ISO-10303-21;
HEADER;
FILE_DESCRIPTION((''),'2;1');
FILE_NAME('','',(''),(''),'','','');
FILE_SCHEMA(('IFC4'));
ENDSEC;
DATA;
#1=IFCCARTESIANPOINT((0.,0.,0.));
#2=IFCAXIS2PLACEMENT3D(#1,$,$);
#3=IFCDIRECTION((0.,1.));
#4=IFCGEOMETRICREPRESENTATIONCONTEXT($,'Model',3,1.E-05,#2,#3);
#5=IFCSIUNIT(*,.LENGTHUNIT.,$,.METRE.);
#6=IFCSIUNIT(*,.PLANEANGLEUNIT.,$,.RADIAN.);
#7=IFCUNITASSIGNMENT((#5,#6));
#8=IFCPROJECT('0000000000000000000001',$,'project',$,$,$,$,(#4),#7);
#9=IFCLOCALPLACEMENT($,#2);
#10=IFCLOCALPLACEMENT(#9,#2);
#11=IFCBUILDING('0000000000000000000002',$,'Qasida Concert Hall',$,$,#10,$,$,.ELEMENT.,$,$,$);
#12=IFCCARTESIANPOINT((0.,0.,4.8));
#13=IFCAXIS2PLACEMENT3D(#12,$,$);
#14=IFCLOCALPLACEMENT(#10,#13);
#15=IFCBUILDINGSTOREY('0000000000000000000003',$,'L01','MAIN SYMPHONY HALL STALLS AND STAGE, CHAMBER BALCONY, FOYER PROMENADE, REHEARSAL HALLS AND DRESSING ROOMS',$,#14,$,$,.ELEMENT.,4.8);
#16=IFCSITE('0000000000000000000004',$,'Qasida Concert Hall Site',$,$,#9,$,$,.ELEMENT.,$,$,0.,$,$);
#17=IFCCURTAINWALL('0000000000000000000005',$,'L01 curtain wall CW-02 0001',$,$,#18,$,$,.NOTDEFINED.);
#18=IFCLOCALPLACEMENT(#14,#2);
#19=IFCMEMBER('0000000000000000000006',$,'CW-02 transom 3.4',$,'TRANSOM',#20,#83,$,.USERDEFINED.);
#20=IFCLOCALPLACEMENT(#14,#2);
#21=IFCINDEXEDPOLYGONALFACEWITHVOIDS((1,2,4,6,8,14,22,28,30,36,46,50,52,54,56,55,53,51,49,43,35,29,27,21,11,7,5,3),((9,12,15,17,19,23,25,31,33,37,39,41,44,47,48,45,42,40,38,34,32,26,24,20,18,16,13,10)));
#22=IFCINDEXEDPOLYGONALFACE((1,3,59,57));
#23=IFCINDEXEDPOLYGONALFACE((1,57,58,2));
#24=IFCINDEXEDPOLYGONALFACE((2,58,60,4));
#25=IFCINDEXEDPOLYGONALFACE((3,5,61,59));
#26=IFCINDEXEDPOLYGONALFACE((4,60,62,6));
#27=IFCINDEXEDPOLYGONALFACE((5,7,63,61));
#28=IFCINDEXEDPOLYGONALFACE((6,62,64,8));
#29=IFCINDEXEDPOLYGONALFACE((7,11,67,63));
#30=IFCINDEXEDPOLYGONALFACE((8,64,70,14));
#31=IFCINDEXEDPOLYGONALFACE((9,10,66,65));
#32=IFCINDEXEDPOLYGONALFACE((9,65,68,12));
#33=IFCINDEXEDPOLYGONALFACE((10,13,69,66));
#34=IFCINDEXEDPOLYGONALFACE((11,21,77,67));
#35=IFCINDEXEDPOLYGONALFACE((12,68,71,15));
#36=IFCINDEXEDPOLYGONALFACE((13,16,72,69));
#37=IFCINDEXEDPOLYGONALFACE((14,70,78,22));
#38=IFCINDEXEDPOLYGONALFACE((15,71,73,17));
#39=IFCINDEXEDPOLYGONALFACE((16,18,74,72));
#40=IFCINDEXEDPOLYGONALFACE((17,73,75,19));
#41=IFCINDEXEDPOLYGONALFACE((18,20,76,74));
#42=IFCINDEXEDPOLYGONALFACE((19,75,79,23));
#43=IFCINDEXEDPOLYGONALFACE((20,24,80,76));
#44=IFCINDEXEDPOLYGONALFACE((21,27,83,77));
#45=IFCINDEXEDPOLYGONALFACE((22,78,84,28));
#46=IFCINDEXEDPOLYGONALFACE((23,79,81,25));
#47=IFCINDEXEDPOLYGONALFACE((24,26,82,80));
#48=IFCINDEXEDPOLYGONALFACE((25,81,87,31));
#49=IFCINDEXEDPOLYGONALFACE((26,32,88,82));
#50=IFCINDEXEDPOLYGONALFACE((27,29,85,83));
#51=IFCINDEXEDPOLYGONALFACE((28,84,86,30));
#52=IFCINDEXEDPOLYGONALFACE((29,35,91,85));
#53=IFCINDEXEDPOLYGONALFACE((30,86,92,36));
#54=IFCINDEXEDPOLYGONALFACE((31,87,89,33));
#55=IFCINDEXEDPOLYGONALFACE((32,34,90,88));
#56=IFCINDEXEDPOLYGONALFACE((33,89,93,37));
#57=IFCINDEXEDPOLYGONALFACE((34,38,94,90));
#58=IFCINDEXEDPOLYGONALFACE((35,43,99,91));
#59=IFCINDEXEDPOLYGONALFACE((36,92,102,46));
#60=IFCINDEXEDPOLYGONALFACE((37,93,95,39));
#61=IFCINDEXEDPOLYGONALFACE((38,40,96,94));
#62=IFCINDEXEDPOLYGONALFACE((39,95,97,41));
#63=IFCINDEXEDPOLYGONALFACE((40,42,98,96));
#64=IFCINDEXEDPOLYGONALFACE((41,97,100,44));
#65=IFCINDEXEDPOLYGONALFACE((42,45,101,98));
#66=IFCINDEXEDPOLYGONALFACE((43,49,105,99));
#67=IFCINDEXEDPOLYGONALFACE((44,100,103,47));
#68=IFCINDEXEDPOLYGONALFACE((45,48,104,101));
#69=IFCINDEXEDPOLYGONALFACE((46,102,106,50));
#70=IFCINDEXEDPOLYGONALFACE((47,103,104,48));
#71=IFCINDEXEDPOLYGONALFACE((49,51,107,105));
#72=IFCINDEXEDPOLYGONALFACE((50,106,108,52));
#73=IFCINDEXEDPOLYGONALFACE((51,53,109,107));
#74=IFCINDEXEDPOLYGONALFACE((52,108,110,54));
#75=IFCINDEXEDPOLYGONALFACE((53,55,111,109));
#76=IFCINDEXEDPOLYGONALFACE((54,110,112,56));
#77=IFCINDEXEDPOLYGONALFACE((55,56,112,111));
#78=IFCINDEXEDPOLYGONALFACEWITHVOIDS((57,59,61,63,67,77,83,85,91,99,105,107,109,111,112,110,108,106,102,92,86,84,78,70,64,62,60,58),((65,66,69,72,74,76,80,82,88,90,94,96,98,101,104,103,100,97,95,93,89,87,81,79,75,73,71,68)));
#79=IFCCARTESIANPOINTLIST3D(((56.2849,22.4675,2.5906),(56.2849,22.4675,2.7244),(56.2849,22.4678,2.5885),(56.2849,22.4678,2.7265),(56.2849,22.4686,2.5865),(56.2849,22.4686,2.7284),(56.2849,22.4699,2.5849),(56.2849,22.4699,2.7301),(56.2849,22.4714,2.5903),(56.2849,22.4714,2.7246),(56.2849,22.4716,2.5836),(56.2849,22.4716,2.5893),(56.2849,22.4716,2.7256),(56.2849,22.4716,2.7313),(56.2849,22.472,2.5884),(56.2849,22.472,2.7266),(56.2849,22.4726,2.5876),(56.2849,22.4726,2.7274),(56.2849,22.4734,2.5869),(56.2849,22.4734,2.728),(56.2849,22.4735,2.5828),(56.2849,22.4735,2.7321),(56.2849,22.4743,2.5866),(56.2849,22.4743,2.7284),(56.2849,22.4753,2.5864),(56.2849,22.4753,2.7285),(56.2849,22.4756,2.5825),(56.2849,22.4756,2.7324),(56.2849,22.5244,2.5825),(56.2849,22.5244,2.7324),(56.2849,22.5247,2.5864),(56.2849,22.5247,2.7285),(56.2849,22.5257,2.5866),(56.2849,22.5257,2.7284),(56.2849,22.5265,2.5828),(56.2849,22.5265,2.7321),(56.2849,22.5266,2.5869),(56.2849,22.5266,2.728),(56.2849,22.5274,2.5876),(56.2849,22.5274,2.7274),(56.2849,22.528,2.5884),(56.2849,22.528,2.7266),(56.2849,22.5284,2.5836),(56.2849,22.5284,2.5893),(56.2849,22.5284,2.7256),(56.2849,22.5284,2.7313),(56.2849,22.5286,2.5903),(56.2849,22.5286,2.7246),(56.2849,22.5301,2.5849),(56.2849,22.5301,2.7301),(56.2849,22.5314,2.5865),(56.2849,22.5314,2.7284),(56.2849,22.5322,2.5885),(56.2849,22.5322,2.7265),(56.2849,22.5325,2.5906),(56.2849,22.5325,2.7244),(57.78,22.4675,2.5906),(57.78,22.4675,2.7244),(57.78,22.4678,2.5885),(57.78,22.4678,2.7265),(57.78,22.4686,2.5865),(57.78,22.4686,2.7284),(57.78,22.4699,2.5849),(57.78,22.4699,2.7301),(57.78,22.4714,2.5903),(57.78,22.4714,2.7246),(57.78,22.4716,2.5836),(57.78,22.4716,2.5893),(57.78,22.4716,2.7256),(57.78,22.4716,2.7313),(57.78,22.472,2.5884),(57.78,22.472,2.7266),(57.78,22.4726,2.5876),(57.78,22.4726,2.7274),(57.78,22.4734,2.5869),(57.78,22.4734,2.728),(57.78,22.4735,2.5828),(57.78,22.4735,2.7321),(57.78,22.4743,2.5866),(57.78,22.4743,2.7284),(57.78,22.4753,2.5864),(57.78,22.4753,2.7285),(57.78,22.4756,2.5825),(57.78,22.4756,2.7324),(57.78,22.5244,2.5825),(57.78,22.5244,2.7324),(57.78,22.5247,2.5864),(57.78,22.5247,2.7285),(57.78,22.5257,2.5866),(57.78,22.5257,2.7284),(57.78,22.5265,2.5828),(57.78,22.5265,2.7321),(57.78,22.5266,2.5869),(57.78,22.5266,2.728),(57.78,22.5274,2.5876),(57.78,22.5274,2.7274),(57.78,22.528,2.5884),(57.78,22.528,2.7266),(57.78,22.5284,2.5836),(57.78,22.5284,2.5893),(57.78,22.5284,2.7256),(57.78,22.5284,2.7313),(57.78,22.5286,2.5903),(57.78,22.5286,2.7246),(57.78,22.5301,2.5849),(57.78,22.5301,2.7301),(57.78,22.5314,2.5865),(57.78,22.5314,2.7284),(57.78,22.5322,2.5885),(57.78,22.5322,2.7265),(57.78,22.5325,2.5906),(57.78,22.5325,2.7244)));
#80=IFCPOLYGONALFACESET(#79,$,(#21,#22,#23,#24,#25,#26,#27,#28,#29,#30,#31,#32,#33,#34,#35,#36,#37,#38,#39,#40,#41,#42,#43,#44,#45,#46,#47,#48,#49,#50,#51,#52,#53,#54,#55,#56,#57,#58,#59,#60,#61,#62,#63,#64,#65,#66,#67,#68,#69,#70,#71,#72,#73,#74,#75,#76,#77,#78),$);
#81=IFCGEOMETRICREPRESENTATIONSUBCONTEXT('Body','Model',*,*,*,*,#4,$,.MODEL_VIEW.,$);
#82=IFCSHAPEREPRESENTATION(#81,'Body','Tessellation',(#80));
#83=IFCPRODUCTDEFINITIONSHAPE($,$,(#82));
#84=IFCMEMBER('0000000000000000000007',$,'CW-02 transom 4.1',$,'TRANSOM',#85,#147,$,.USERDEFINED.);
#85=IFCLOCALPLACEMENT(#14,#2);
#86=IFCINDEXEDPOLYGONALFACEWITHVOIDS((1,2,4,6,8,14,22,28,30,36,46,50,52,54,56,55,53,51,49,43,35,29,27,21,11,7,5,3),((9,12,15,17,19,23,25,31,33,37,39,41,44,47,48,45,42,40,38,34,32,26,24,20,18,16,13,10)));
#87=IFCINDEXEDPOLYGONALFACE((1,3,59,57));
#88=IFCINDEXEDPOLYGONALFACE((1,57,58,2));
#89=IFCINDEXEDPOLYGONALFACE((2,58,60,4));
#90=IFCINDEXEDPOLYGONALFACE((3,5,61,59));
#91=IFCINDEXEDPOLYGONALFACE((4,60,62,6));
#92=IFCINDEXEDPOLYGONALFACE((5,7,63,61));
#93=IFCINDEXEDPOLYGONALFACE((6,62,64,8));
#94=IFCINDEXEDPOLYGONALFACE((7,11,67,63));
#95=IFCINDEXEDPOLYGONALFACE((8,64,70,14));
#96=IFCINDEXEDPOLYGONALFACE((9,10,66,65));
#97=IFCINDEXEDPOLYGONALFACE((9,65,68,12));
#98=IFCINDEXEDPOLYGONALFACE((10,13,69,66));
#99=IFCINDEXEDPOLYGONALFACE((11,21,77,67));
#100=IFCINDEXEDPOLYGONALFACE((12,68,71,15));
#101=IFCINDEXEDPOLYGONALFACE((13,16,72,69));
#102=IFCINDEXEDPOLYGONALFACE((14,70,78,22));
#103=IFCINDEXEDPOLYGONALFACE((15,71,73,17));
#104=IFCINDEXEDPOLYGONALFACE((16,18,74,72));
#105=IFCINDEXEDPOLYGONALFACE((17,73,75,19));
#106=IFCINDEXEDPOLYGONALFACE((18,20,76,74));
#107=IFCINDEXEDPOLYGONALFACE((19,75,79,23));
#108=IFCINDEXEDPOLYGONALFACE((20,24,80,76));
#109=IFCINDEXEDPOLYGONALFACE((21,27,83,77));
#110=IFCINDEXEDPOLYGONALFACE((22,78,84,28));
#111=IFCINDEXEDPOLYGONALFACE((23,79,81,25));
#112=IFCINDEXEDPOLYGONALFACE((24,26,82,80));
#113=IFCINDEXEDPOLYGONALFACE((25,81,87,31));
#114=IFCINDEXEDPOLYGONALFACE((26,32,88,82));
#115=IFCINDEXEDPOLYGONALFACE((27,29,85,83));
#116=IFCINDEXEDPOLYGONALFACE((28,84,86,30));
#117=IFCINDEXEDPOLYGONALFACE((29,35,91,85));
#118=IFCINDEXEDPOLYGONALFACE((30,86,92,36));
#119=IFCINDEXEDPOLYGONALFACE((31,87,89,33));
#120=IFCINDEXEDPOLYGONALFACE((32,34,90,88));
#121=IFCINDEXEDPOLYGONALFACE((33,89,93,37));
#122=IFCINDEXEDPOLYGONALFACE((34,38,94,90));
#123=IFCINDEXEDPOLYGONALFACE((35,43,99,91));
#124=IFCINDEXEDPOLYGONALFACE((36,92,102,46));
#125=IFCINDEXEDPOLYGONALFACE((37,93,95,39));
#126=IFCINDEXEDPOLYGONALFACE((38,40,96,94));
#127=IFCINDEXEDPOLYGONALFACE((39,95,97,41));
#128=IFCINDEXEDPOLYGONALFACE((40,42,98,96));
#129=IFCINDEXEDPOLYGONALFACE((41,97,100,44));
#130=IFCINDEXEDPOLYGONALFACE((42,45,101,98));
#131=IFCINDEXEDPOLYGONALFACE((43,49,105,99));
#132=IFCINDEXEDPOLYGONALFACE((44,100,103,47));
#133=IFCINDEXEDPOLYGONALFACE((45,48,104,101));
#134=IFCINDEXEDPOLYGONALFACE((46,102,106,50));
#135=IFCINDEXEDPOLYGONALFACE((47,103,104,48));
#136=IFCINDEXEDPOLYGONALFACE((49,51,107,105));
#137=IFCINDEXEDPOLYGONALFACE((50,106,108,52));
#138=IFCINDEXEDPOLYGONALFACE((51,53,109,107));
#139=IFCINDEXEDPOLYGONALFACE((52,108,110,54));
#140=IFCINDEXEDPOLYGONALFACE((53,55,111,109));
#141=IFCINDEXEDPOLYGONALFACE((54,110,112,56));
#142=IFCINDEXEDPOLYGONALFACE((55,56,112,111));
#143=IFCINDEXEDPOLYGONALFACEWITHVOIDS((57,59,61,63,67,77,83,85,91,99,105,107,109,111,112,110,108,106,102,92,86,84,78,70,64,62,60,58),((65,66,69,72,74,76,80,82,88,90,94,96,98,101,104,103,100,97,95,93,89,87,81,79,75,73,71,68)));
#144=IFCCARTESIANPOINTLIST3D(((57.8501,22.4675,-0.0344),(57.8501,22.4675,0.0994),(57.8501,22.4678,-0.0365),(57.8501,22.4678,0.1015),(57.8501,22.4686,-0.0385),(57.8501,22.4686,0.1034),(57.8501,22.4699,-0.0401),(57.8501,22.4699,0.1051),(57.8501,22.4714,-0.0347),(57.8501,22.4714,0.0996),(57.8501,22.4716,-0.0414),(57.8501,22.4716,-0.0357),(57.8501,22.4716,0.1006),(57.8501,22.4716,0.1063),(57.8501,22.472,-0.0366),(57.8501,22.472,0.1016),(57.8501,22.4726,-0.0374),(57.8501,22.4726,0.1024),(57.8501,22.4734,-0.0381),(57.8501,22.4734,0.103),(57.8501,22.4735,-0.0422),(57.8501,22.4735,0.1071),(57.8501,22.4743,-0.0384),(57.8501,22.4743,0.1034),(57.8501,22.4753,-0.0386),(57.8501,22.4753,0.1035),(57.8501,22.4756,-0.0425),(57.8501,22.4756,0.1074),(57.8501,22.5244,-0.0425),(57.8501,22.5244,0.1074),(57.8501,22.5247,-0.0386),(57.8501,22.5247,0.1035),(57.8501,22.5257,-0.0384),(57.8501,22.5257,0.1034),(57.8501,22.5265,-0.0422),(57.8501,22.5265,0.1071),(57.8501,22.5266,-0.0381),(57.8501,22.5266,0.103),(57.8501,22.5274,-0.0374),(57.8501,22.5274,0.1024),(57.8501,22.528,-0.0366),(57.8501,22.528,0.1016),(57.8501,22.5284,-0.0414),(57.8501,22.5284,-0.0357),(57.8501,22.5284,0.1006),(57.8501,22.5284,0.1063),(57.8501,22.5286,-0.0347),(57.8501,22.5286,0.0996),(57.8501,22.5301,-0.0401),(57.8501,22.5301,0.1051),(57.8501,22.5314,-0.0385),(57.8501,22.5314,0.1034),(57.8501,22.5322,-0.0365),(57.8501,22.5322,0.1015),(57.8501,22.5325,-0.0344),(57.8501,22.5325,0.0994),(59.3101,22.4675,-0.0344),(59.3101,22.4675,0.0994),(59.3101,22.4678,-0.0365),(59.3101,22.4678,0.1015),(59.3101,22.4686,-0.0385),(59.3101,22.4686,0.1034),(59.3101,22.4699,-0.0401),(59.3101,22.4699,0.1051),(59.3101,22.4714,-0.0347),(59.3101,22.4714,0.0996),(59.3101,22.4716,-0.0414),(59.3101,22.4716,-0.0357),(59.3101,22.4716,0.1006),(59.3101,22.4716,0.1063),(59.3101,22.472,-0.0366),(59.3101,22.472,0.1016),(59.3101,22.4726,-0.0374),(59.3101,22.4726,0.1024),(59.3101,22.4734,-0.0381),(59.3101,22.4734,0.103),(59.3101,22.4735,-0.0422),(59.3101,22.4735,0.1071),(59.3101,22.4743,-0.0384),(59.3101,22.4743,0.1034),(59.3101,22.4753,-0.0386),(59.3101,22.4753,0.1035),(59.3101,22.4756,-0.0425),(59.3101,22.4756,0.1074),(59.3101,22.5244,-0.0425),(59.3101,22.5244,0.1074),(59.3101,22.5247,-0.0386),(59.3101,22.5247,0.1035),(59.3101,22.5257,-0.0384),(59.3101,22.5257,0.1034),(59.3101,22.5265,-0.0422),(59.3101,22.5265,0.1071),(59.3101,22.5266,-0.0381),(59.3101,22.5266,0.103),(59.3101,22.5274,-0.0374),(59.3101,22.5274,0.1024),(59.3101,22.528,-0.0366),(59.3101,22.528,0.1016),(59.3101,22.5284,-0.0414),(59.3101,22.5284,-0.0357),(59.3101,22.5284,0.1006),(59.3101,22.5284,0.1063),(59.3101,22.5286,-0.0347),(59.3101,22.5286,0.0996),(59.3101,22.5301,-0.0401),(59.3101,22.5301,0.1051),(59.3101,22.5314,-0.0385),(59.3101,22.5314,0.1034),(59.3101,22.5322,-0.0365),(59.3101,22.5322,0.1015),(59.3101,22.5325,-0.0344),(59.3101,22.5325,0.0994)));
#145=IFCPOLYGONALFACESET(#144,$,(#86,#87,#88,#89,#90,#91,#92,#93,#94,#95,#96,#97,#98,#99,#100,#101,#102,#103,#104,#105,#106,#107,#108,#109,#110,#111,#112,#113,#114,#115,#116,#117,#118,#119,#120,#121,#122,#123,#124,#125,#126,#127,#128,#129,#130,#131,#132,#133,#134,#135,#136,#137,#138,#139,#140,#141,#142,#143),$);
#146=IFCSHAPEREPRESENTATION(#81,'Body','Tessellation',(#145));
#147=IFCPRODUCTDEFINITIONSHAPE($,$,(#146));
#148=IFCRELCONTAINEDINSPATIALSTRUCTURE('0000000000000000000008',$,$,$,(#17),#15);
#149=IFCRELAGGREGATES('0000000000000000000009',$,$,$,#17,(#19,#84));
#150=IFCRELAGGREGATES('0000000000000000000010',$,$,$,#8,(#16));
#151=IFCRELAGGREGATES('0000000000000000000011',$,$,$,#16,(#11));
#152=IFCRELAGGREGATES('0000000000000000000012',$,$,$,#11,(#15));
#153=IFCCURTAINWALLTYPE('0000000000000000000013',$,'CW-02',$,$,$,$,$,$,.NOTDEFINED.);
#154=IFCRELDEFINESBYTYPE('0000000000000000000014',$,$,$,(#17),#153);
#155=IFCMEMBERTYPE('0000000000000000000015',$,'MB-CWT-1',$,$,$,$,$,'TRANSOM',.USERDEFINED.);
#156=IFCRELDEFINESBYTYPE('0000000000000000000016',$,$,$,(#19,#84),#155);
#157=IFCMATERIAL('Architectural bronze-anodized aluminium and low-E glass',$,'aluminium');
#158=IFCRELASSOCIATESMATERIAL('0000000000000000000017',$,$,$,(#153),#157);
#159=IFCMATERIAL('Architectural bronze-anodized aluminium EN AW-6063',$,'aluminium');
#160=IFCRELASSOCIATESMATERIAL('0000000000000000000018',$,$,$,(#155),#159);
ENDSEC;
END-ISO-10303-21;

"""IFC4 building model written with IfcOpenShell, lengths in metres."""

from ifc_helpers import new_model, si_unit, direction, frame, origin, origin_2d, place, context, subcontext, project, spatial, hollow_rectangle, extrude, material, material_profile, profile_set, type_object, element, aggregate, save


model = new_model("IFC4")

# Units and contexts
model_context = context("Model", 3, precision=1e-05, world=origin(), true_north=direction((0.0, 1.0)))
body_context = subcontext(model_context, "Body", "Model", "MODEL_VIEW")
ifc_project = project(units=[si_unit("LENGTHUNIT", "METRE"), si_unit("PLANEANGLEUNIT", "RADIAN")], contexts=[model_context])

# Site, building, storey
site_placement = place(None, origin())
site = spatial("IfcSite", under=ifc_project, at=site_placement, Name="Qasida Concert Hall Site", CompositionType="ELEMENT", RefElevation=0.0)
building_placement = place(site_placement, origin())
building = spatial("IfcBuilding", under=site, at=building_placement, Name="Qasida Concert Hall", CompositionType="ELEMENT")
storey_placement = place(building_placement, frame((0.0, 0.0, 4.8)))
storey = spatial("IfcBuildingStorey", under=building, at=storey_placement, Name="L01", Description="MAIN SYMPHONY HALL STALLS AND STAGE, CHAMBER BALCONY, FOYER PROMENADE, REHEARSAL HALLS AND DRESSING ROOMS", CompositionType="ELEMENT", Elevation=4.8)

# Curtain wall
ifc_material_1 = material(Name="Architectural bronze-anodized aluminium and low-E glass", Category="aluminium")
curtain_wall_type = type_object("IfcCurtainWallType", Name="CW-02", PredefinedType="NOTDEFINED", material=ifc_material_1)
curtain_wall_1_placement = place(storey_placement, origin())
curtain_wall_1 = element("IfcCurtainWall", 1, at=curtain_wall_1_placement, inside=storey, type_object=curtain_wall_type, Name="L01 curtain wall CW-02 0001", PredefinedType="NOTDEFINED")
ifc_material_2 = material(Name="Architectural bronze-anodized aluminium EN AW-6063", Category="aluminium")

# Members
ifc_material_profile_1 = material_profile(ifc_material_2, hollow_rectangle(XDim=0.0649, YDim=0.1499, WallThickness=0.0039, InnerFilletRadius=0.0039, OuterFilletRadius=0.0081, at=origin_2d()), Name="CWT 150x65x4")
ifc_profile_set_1 = profile_set([ifc_material_profile_1], Name="Architectural bronze-anodized aluminium EN AW-6063")
member_type_1 = type_object("IfcMemberType", Name="MB-CWT-1", ElementType="TRANSOM", PredefinedType="USERDEFINED", material=ifc_profile_set_1)
member_1_placement = place(storey_placement, frame((56.2849, 22.5, 2.6575), z_axis=(1.0, 0.0, 0.0), x_axis=(0.0, 1.0, 0.0)))
member_1 = element("IfcMember", 2, at=member_1_placement, type_object=member_type_1, Name="CW-02 transom 3.4", ObjectType="TRANSOM", PredefinedType="USERDEFINED", context=body_context, shape_type="SweptSolid", body=[
    extrude(hollow_rectangle(XDim=0.0649, YDim=0.1499, WallThickness=0.0039, InnerFilletRadius=0.0039, OuterFilletRadius=0.0081, at=origin_2d()), origin(), (0.0, 0.0, 1.0), 1.4951),
])
member_2_placement = place(storey_placement, frame((57.8501, 22.5, 0.0325), z_axis=(1.0, 0.0, 0.0), x_axis=(0.0, 1.0, 0.0)))
member_2 = element("IfcMember", 3, at=member_2_placement, type_object=member_type_1, Name="CW-02 transom 4.1", ObjectType="TRANSOM", PredefinedType="USERDEFINED", context=body_context, shape_type="SweptSolid", body=[
    extrude(hollow_rectangle(XDim=0.0649, YDim=0.1499, WallThickness=0.0039, InnerFilletRadius=0.0039, OuterFilletRadius=0.0081, at=origin_2d()), origin(), (0.0, 0.0, 1.0), 1.46),
])

aggregate(curtain_wall_1, [member_1, member_2])

save(model, "model.ifc")
